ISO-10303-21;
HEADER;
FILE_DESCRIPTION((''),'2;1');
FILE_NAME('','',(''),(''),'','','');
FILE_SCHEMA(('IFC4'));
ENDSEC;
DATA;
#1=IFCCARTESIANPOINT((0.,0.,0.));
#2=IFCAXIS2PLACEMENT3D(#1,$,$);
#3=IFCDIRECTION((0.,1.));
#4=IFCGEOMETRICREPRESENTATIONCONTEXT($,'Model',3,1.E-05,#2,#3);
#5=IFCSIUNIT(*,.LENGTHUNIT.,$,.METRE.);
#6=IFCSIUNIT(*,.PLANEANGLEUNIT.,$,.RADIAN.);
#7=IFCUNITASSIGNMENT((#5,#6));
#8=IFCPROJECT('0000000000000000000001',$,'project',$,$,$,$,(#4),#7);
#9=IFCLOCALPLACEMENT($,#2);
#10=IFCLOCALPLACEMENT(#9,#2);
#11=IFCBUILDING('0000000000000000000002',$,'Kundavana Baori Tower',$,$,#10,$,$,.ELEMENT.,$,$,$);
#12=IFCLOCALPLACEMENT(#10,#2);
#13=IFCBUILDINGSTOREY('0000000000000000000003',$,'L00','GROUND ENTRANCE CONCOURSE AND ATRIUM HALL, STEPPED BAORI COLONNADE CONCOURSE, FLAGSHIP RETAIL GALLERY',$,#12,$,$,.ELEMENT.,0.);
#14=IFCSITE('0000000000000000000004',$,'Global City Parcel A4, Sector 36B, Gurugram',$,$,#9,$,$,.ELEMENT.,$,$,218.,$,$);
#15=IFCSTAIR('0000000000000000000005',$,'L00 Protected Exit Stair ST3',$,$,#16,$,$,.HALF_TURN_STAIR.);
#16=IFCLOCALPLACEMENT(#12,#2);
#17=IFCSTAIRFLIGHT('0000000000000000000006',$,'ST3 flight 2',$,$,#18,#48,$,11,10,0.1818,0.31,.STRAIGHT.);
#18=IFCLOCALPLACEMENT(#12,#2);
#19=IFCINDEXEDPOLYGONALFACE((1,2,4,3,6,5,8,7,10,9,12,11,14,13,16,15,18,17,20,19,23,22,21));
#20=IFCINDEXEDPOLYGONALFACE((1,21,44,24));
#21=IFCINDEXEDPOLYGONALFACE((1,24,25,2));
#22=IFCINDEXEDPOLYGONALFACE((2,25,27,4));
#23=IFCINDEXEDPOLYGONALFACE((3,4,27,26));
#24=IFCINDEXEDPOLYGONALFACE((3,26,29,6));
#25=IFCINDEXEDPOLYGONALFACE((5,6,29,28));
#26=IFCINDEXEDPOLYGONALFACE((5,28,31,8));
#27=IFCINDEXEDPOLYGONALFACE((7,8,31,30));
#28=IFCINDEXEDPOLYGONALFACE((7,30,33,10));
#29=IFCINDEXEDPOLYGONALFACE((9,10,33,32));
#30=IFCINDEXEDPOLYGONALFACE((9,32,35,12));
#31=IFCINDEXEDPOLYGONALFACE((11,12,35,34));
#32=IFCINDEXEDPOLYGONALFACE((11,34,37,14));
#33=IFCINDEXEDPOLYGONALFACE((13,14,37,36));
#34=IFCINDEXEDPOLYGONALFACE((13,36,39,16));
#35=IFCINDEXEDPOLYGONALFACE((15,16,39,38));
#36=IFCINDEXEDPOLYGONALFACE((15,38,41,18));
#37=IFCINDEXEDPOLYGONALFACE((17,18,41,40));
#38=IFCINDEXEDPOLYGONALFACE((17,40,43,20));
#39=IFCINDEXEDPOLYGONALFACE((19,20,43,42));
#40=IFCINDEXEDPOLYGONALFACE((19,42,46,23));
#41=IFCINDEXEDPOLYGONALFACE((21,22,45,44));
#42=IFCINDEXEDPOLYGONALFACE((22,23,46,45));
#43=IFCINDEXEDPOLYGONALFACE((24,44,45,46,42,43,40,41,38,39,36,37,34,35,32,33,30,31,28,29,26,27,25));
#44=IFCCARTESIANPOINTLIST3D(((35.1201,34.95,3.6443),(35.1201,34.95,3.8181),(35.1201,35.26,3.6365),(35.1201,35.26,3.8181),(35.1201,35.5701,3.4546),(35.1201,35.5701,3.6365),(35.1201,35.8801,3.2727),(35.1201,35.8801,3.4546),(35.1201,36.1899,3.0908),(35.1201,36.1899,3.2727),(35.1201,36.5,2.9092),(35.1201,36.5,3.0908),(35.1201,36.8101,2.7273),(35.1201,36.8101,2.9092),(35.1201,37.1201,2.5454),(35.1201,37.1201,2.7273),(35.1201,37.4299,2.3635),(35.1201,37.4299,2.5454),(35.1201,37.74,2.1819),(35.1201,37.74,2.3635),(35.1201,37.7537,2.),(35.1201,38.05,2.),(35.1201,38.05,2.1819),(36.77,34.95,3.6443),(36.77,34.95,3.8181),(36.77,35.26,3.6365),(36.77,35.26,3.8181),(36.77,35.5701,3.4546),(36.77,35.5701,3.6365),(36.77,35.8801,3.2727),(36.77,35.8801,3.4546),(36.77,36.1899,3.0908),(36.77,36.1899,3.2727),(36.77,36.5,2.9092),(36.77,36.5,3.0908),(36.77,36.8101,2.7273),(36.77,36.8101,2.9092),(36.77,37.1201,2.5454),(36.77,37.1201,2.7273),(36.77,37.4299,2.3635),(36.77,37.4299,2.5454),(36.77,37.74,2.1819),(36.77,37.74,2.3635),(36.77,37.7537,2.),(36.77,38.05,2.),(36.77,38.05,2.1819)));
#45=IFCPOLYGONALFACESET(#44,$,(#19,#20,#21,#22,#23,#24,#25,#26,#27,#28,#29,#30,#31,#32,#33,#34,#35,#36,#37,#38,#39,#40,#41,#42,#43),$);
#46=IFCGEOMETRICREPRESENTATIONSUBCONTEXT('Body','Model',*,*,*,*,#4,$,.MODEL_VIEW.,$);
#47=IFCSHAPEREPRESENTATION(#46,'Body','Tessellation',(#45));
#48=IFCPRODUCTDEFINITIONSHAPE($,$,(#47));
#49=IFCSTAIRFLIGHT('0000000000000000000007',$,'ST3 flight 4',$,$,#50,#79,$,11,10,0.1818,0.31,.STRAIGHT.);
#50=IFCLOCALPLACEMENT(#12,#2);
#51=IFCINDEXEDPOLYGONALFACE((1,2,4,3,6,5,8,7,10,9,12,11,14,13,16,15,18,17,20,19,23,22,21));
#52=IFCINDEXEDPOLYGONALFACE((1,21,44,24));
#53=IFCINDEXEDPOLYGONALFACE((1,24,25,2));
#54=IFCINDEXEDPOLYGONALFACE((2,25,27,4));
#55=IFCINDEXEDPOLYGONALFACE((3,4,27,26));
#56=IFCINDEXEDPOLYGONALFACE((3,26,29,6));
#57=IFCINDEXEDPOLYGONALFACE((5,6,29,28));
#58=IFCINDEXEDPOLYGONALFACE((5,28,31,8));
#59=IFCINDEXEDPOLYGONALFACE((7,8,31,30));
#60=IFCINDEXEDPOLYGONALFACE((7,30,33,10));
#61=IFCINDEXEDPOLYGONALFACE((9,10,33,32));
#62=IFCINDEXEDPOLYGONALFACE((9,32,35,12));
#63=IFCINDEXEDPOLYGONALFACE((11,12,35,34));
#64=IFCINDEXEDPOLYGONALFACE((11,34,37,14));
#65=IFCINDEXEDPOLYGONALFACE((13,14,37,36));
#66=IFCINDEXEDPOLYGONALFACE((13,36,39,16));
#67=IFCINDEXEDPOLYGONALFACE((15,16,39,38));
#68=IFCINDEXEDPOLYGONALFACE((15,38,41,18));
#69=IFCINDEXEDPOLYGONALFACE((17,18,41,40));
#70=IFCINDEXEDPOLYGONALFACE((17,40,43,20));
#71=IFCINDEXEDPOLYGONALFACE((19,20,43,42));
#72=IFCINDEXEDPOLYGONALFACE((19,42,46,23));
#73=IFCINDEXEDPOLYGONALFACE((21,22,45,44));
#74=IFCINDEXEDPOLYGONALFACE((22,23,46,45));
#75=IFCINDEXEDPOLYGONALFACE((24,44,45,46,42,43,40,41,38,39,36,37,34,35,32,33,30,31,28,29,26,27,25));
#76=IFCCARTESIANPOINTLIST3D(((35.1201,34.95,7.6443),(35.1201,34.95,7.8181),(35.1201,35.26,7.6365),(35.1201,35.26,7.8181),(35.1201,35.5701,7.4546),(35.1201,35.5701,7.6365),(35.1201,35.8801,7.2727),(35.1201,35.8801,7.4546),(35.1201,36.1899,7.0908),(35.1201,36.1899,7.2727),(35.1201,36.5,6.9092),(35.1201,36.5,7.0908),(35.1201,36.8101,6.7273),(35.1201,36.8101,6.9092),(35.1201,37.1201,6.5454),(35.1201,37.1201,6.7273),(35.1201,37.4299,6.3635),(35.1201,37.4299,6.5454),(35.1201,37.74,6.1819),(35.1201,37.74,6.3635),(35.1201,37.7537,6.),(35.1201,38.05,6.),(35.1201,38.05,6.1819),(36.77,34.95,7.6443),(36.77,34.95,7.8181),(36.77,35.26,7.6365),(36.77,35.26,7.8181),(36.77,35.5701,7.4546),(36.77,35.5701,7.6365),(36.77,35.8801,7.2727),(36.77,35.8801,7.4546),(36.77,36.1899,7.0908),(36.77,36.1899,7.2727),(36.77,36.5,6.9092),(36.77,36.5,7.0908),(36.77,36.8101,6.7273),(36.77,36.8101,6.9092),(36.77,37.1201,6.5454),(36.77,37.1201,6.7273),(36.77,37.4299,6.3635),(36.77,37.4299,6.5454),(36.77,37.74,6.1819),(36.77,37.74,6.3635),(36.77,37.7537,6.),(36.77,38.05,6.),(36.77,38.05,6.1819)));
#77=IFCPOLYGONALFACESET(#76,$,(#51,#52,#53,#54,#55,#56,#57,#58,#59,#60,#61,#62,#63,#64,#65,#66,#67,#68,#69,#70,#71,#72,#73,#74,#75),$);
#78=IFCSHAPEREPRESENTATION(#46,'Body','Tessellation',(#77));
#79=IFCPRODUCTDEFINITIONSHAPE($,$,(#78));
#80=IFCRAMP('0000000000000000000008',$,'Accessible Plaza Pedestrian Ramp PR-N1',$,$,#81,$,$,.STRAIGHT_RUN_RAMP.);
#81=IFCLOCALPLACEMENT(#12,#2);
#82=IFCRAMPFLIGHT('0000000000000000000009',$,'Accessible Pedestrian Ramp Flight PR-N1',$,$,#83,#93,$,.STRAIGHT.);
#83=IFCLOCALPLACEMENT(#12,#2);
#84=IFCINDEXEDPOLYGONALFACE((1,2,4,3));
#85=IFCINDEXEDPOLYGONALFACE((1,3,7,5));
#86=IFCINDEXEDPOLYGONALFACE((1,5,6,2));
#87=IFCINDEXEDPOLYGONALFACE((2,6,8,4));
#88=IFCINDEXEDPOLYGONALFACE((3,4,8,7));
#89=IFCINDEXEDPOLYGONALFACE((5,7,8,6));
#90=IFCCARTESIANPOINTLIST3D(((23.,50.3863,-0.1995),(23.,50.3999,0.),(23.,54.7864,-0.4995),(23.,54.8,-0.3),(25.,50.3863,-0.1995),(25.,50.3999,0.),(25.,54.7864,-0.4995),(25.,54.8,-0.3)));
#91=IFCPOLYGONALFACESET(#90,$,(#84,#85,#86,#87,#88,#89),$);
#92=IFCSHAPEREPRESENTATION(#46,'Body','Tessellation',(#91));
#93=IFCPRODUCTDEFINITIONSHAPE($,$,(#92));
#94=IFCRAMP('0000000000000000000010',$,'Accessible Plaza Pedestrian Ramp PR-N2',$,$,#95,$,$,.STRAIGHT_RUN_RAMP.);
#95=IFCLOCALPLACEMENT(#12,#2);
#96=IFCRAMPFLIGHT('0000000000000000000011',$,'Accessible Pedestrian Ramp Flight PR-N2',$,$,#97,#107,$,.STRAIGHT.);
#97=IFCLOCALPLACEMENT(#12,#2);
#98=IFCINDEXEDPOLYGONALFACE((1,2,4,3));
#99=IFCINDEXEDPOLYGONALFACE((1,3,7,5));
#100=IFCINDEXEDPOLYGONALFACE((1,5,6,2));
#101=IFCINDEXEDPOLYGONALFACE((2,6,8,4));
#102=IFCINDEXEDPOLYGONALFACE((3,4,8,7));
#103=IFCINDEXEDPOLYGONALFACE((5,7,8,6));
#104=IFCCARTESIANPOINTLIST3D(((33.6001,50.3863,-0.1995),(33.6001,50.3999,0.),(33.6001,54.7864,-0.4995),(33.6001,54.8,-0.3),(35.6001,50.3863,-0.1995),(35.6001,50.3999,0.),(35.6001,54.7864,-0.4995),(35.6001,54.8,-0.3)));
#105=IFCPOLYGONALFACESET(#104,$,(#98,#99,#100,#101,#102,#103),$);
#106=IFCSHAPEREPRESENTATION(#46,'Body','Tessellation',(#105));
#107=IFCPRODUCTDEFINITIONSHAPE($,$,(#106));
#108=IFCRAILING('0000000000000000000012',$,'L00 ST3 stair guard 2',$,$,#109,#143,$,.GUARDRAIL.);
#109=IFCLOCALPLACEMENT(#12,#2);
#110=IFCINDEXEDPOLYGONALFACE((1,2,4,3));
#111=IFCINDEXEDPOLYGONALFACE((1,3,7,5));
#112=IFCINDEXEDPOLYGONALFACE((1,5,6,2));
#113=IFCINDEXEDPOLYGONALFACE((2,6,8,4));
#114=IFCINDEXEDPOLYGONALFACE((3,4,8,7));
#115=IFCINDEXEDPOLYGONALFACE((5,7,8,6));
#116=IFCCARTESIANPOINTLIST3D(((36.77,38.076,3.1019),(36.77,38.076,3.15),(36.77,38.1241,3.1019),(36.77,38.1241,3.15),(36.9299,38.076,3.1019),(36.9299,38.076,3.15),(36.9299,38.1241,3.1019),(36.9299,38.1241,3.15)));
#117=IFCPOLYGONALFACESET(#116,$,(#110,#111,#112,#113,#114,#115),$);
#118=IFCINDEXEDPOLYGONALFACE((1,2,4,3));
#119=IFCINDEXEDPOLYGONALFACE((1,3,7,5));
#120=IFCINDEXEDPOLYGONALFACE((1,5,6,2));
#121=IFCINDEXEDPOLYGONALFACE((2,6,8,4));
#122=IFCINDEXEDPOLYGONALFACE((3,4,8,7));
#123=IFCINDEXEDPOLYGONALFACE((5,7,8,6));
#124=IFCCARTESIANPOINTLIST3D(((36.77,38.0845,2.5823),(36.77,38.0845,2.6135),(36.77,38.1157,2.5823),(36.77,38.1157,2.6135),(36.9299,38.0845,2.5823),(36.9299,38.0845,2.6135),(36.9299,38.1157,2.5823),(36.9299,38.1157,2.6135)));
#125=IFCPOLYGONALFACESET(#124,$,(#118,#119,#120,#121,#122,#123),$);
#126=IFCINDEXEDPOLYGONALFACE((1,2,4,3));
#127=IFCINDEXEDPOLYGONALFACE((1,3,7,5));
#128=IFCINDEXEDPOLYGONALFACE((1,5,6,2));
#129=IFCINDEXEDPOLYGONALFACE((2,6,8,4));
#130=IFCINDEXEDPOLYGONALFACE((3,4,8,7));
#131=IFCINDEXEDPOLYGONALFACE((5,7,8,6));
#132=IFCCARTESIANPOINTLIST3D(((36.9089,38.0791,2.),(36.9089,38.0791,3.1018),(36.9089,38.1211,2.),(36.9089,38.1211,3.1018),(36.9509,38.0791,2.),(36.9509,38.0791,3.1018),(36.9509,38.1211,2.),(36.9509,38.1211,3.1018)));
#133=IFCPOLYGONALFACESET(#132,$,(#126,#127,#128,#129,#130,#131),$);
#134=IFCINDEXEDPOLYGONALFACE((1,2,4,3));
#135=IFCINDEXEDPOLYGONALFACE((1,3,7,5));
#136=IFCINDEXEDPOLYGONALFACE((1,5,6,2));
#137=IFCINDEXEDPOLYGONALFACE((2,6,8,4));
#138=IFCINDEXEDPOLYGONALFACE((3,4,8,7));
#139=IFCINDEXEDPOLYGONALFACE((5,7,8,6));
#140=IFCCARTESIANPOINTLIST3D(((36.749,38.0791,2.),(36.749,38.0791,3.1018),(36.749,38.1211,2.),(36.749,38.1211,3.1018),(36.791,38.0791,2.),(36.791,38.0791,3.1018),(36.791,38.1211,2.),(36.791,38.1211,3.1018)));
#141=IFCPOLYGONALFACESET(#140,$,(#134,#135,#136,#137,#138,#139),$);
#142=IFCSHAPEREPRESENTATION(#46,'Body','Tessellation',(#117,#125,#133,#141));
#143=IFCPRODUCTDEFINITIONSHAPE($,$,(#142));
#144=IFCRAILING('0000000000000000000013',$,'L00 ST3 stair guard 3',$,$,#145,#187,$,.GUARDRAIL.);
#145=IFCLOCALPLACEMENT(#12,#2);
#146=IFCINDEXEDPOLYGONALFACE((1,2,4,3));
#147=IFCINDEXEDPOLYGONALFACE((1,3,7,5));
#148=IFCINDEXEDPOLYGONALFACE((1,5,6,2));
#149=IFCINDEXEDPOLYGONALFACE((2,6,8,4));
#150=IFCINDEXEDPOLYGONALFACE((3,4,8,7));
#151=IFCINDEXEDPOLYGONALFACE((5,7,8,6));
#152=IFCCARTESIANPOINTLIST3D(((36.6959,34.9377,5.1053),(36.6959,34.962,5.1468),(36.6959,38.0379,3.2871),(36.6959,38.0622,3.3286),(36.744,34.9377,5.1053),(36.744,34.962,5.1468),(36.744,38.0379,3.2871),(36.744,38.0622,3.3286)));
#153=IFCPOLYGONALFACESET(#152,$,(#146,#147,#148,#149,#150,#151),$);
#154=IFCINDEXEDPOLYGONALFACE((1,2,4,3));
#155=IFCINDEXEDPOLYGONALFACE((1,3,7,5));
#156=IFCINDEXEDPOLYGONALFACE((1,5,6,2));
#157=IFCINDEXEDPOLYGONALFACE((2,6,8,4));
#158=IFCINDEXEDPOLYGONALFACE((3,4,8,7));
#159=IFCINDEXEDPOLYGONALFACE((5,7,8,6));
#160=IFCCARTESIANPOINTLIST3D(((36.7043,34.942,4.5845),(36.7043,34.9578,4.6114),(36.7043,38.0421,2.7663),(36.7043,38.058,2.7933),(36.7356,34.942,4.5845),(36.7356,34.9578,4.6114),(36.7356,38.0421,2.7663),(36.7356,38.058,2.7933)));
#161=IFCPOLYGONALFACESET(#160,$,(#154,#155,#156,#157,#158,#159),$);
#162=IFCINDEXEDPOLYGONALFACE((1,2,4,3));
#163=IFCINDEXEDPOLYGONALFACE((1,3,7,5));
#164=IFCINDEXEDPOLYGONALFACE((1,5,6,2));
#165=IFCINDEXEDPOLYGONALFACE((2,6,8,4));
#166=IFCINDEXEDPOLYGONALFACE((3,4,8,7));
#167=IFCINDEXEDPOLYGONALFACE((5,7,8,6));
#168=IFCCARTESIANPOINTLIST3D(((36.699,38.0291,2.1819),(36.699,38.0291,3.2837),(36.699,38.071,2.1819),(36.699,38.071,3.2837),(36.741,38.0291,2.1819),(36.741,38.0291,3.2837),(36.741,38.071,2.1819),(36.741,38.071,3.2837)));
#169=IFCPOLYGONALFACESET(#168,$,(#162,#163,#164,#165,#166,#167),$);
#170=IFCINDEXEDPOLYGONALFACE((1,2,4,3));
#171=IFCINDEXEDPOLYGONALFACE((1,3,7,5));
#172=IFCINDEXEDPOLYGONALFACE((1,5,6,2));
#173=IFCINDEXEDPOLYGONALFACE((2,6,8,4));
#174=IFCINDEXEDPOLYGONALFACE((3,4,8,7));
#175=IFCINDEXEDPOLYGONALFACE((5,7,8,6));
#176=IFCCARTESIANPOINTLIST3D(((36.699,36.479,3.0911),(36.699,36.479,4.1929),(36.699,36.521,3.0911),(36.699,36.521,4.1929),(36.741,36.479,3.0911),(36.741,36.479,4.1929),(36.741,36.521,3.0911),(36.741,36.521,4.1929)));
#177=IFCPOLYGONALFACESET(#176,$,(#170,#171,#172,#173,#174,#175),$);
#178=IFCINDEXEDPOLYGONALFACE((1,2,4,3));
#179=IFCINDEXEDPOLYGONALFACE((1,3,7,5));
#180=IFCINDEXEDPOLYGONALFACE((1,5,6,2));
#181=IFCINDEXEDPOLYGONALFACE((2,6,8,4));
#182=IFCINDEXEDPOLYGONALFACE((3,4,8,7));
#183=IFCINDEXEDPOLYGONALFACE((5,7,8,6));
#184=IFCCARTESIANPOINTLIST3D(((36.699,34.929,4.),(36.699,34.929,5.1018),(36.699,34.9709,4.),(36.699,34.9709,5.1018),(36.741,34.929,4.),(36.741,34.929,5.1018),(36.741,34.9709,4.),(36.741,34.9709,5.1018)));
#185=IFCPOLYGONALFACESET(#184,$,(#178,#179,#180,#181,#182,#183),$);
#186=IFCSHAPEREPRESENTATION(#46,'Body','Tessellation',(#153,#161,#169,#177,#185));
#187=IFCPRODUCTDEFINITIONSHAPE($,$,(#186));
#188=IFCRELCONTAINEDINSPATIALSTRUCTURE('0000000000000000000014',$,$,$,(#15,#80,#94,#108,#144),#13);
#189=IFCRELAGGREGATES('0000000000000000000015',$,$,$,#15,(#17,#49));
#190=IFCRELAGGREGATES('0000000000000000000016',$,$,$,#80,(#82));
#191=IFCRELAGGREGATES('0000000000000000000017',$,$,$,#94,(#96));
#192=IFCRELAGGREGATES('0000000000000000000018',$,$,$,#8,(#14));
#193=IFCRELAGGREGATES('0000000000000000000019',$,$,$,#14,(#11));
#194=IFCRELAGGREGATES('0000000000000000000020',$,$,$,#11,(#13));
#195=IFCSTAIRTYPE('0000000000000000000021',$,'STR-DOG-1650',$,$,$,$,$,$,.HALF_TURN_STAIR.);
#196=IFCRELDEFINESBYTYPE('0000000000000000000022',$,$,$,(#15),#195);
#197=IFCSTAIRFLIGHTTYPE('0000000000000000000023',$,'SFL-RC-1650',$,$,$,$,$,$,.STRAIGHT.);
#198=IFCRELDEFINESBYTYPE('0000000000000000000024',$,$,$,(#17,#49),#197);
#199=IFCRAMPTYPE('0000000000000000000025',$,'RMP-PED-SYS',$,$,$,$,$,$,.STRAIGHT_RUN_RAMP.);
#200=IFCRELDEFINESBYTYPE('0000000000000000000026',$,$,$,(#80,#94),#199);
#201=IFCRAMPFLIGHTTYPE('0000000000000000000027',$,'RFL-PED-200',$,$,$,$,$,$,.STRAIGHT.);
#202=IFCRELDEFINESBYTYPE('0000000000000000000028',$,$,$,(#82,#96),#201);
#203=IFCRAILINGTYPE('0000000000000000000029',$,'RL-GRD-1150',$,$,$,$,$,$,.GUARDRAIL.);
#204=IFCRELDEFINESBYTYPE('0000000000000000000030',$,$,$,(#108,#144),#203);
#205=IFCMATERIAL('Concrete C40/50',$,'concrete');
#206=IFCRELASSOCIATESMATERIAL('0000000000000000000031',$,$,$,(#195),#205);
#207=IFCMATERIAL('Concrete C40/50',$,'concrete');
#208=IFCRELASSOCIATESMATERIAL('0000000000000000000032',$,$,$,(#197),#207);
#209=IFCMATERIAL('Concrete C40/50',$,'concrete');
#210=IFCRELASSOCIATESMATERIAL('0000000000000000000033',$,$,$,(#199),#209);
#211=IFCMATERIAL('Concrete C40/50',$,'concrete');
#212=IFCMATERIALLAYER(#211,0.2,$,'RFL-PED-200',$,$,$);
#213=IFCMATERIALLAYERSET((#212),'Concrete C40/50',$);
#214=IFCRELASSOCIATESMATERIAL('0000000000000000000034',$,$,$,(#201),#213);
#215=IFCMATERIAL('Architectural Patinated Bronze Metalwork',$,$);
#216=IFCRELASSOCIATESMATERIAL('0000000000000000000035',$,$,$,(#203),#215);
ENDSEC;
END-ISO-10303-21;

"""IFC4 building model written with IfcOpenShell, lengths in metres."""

from ifc_helpers import new_model, si_unit, direction, frame, origin, origin_2d, place, context, subcontext, project, spatial, polyline, rectangle, outline, extrude, material, layer, layer_set, type_object, element, aggregate, save


model = new_model("IFC4")

# Units and contexts
model_context = context("Model", 3, precision=1e-05, world=origin(), true_north=direction((0.0, 1.0)))
body_context = subcontext(model_context, "Body", "Model", "MODEL_VIEW")
ifc_project = project(units=[si_unit("LENGTHUNIT", "METRE"), si_unit("PLANEANGLEUNIT", "RADIAN")], contexts=[model_context])

# Site, building, storey
site_placement = place(None, origin())
site = spatial("IfcSite", under=ifc_project, at=site_placement, Name="Global City Parcel A4, Sector 36B, Gurugram", CompositionType="ELEMENT", RefElevation=218.0)
building_placement = place(site_placement, origin())
building = spatial("IfcBuilding", under=site, at=building_placement, Name="Kundavana Baori Tower", CompositionType="ELEMENT")
storey_placement = place(building_placement, origin())
storey = spatial("IfcBuildingStorey", under=building, at=storey_placement, Name="L00", Description="GROUND ENTRANCE CONCOURSE AND ATRIUM HALL, STEPPED BAORI COLONNADE CONCOURSE, FLAGSHIP RETAIL GALLERY", CompositionType="ELEMENT", Elevation=0.0)

# Stair, stair flights
ifc_material_1 = material(Name="Concrete C40/50", Category="concrete")
stair_type = type_object("IfcStairType", Name="STR-DOG-1650", PredefinedType="HALF_TURN_STAIR", material=ifc_material_1)
stair_placement = place(storey_placement, origin())
stair = element("IfcStair", 1, at=stair_placement, inside=storey, type_object=stair_type, Name="L00 Protected Exit Stair ST3", PredefinedType="HALF_TURN_STAIR")
ifc_material_2 = material(Name="Concrete C40/50", Category="concrete")
stair_flight_type = type_object("IfcStairFlightType", Name="SFL-RC-1650", PredefinedType="STRAIGHT", material=ifc_material_2)
stair_flight_1_placement = place(storey_placement, frame((35.9451, 38.05, 2.0), z_axis=(0.0, 0.0, 1.0), x_axis=(0.0, -1.0, 0.0)))
stair_flight_1 = element("IfcStairFlight", 2, at=stair_flight_1_placement, type_object=stair_flight_type, Name="ST3 flight 2", NumberOfRisers=11, NumberOfTreads=10, PredefinedType="STRAIGHT", RiserHeight=0.1818, TreadLength=0.31, context=body_context, shape_type="SweptSolid", body=[
    extrude(outline(polyline([(0.0, 0.0), (0.0, 0.1819), (0.3101, 0.1819), (0.3101, 0.3635), (0.6201, 0.3635), (0.6201, 0.5454), (0.9299, 0.5454), (0.9299, 0.7273), (1.24, 0.7273), (1.24, 0.9092), (1.55, 0.9092), (1.55, 1.0908), (1.8601, 1.0908), (1.8601, 1.2727), (2.1699, 1.2727), (2.1699, 1.4546), (2.48, 1.4546), (2.48, 1.6365), (2.79, 1.6365), (2.79, 1.8181), (3.1001, 1.8181), (3.1001, 2.0), (3.1001, 1.6443), (0.2964, 0.0), (0.0, 0.0)])), frame((0.0, 0.825, 0.0), z_axis=(0.0, -1.0, 0.0), x_axis=(1.0, 0.0, 0.0)), (0.0, 0.0, 1.0), 1.6499),
])
stair_flight_2_placement = place(storey_placement, frame((35.9451, 38.05, 6.0), z_axis=(0.0, 0.0, 1.0), x_axis=(0.0, -1.0, 0.0)))
stair_flight_2 = element("IfcStairFlight", 3, at=stair_flight_2_placement, type_object=stair_flight_type, Name="ST3 flight 4", NumberOfRisers=11, NumberOfTreads=10, PredefinedType="STRAIGHT", RiserHeight=0.1818, TreadLength=0.31, context=body_context, shape_type="SweptSolid", body=[
    extrude(outline(polyline([(0.0, 0.0), (0.0, 0.1819), (0.3101, 0.1819), (0.3101, 0.3635), (0.6201, 0.3635), (0.6201, 0.5454), (0.9299, 0.5454), (0.9299, 0.7273), (1.24, 0.7273), (1.24, 0.9092), (1.55, 0.9092), (1.55, 1.0908), (1.8601, 1.0908), (1.8601, 1.2727), (2.1699, 1.2727), (2.1699, 1.4546), (2.48, 1.4546), (2.48, 1.6365), (2.79, 1.6365), (2.79, 1.8181), (3.1001, 1.8181), (3.1001, 2.0), (3.1001, 1.6443), (0.2964, 0.0), (0.0, 0.0)])), frame((0.0, 0.825, 0.0), z_axis=(0.0, -1.0, 0.0), x_axis=(1.0, 0.0, 0.0)), (0.0, 0.0, 1.0), 1.6499),
])
aggregate(stair, [stair_flight_1, stair_flight_2])

# Ramps, ramp flights
ifc_material_3 = material(Name="Concrete C40/50", Category="concrete")
ramp_type = type_object("IfcRampType", Name="RMP-PED-SYS", PredefinedType="STRAIGHT_RUN_RAMP", material=ifc_material_3)
ramp_1_placement = place(storey_placement, origin())
ramp_1 = element("IfcRamp", 4, at=ramp_1_placement, inside=storey, type_object=ramp_type, Name="Accessible Plaza Pedestrian Ramp PR-N1", PredefinedType="STRAIGHT_RUN_RAMP")
ifc_material_4 = material(Name="Concrete C40/50", Category="concrete")
ifc_layer_1 = layer(ifc_material_4, 0.2, Name="RFL-PED-200")
ifc_layer_set_1 = layer_set([ifc_layer_1], Name="Concrete C40/50")
ramp_flight_type = type_object("IfcRampFlightType", Name="RFL-PED-200", PredefinedType="STRAIGHT", material=ifc_layer_set_1)
ramp_flight_1_placement = place(storey_placement, frame((25.0, 54.8, -0.3), z_axis=(0.0, 0.068033, 0.997683), x_axis=(-1.0, 0.0, 0.0)))
ramp_flight_1 = element("IfcRampFlight", 5, at=ramp_flight_1_placement, type_object=ramp_flight_type, Name="Accessible Pedestrian Ramp Flight PR-N1", PredefinedType="STRAIGHT", context=body_context, shape_type="SweptSolid", body=[
    extrude(outline(polyline([(0.0, 0.0), (2.0, 0.0), (2.0, 4.4104), (0.0, 4.4104), (0.0, 0.0)])), origin(), (0.0, 0.0, -1.0), 0.2),
])
aggregate(ramp_1, [ramp_flight_1])
ramp_2_placement = place(storey_placement, origin())
ramp_2 = element("IfcRamp", 6, at=ramp_2_placement, inside=storey, type_object=ramp_type, Name="Accessible Plaza Pedestrian Ramp PR-N2", PredefinedType="STRAIGHT_RUN_RAMP")
ramp_flight_2_placement = place(storey_placement, frame((35.6001, 54.8, -0.3), z_axis=(0.0, 0.068033, 0.997683), x_axis=(-1.0, 0.0, 0.0)))
ramp_flight_2 = element("IfcRampFlight", 7, at=ramp_flight_2_placement, type_object=ramp_flight_type, Name="Accessible Pedestrian Ramp Flight PR-N2", PredefinedType="STRAIGHT", context=body_context, shape_type="SweptSolid", body=[
    extrude(outline(polyline([(0.0, 0.0), (2.0, 0.0), (2.0, 4.4104), (0.0, 4.4104), (0.0, 0.0)])), origin(), (0.0, 0.0, -1.0), 0.2),
])
aggregate(ramp_2, [ramp_flight_2])

# Railings
ifc_material_5 = material(Name="Architectural Patinated Bronze Metalwork")
railing_type_1 = type_object("IfcRailingType", Name="RL-GRD-1150", PredefinedType="GUARDRAIL", material=ifc_material_5)
railing_1_placement = place(storey_placement, frame((36.9299, 38.1001, 2.0)))
element("IfcRailing", 8, at=railing_1_placement, inside=storey, type_object=railing_type_1, Name="L00 ST3 stair guard 2", PredefinedType="GUARDRAIL", context=body_context, shape_type="SweptSolid", body=[
    extrude(rectangle(XDim=0.0481, YDim=0.0481, at=origin_2d()), frame((0.0, 0.0, 1.126), z_axis=(-1.0, 0.0, 0.0), x_axis=(0.0, -1.0, 0.0)), (0.0, 0.0, 1.0), 0.1599),
    extrude(rectangle(XDim=0.0312, YDim=0.0312, at=origin_2d()), frame((0.0, 0.0, 0.5979), z_axis=(-1.0, 0.0, 0.0), x_axis=(0.0, -1.0, 0.0)), (0.0, 0.0, 1.0), 0.1599),
    extrude(rectangle(XDim=0.042, YDim=0.042, at=origin_2d()), origin(), (0.0, 0.0, 1.0), 1.1018),
    extrude(rectangle(XDim=0.042, YDim=0.042, at=origin_2d()), frame((-0.1599, 0.0, 0.0)), (0.0, 0.0, 1.0), 1.1018),
])
railing_2_placement = place(storey_placement, frame((36.72, 38.05, 2.1819)))
element("IfcRailing", 9, at=railing_2_placement, inside=storey, type_object=railing_type_1, Name="L00 ST3 stair guard 3", PredefinedType="GUARDRAIL", context=body_context, shape_type="SweptSolid", body=[
    extrude(rectangle(XDim=0.0481, YDim=0.0481, at=origin_2d()), frame((0.0, 0.0, 1.126), z_axis=(0.0, -0.862599, 0.505889), x_axis=(1.0, 0.0, 0.0)), (0.0, 0.0, 1.0), 3.594),
    extrude(rectangle(XDim=0.0312, YDim=0.0312, at=origin_2d()), frame((0.0, 0.0, 0.5979), z_axis=(0.0, -0.862599, 0.505889), x_axis=(1.0, 0.0, 0.0)), (0.0, 0.0, 1.0), 3.594),
    extrude(rectangle(XDim=0.042, YDim=0.042, at=origin_2d()), origin(), (0.0, 0.0, 1.0), 1.1018),
    extrude(rectangle(XDim=0.042, YDim=0.042, at=origin_2d()), frame((0.0, -1.55, 0.9092)), (0.0, 0.0, 1.0), 1.1018),
    extrude(rectangle(XDim=0.042, YDim=0.042, at=origin_2d()), frame((0.0, -3.1001, 1.8181)), (0.0, 0.0, 1.0), 1.1018),
])

save(model, "model.ifc")
